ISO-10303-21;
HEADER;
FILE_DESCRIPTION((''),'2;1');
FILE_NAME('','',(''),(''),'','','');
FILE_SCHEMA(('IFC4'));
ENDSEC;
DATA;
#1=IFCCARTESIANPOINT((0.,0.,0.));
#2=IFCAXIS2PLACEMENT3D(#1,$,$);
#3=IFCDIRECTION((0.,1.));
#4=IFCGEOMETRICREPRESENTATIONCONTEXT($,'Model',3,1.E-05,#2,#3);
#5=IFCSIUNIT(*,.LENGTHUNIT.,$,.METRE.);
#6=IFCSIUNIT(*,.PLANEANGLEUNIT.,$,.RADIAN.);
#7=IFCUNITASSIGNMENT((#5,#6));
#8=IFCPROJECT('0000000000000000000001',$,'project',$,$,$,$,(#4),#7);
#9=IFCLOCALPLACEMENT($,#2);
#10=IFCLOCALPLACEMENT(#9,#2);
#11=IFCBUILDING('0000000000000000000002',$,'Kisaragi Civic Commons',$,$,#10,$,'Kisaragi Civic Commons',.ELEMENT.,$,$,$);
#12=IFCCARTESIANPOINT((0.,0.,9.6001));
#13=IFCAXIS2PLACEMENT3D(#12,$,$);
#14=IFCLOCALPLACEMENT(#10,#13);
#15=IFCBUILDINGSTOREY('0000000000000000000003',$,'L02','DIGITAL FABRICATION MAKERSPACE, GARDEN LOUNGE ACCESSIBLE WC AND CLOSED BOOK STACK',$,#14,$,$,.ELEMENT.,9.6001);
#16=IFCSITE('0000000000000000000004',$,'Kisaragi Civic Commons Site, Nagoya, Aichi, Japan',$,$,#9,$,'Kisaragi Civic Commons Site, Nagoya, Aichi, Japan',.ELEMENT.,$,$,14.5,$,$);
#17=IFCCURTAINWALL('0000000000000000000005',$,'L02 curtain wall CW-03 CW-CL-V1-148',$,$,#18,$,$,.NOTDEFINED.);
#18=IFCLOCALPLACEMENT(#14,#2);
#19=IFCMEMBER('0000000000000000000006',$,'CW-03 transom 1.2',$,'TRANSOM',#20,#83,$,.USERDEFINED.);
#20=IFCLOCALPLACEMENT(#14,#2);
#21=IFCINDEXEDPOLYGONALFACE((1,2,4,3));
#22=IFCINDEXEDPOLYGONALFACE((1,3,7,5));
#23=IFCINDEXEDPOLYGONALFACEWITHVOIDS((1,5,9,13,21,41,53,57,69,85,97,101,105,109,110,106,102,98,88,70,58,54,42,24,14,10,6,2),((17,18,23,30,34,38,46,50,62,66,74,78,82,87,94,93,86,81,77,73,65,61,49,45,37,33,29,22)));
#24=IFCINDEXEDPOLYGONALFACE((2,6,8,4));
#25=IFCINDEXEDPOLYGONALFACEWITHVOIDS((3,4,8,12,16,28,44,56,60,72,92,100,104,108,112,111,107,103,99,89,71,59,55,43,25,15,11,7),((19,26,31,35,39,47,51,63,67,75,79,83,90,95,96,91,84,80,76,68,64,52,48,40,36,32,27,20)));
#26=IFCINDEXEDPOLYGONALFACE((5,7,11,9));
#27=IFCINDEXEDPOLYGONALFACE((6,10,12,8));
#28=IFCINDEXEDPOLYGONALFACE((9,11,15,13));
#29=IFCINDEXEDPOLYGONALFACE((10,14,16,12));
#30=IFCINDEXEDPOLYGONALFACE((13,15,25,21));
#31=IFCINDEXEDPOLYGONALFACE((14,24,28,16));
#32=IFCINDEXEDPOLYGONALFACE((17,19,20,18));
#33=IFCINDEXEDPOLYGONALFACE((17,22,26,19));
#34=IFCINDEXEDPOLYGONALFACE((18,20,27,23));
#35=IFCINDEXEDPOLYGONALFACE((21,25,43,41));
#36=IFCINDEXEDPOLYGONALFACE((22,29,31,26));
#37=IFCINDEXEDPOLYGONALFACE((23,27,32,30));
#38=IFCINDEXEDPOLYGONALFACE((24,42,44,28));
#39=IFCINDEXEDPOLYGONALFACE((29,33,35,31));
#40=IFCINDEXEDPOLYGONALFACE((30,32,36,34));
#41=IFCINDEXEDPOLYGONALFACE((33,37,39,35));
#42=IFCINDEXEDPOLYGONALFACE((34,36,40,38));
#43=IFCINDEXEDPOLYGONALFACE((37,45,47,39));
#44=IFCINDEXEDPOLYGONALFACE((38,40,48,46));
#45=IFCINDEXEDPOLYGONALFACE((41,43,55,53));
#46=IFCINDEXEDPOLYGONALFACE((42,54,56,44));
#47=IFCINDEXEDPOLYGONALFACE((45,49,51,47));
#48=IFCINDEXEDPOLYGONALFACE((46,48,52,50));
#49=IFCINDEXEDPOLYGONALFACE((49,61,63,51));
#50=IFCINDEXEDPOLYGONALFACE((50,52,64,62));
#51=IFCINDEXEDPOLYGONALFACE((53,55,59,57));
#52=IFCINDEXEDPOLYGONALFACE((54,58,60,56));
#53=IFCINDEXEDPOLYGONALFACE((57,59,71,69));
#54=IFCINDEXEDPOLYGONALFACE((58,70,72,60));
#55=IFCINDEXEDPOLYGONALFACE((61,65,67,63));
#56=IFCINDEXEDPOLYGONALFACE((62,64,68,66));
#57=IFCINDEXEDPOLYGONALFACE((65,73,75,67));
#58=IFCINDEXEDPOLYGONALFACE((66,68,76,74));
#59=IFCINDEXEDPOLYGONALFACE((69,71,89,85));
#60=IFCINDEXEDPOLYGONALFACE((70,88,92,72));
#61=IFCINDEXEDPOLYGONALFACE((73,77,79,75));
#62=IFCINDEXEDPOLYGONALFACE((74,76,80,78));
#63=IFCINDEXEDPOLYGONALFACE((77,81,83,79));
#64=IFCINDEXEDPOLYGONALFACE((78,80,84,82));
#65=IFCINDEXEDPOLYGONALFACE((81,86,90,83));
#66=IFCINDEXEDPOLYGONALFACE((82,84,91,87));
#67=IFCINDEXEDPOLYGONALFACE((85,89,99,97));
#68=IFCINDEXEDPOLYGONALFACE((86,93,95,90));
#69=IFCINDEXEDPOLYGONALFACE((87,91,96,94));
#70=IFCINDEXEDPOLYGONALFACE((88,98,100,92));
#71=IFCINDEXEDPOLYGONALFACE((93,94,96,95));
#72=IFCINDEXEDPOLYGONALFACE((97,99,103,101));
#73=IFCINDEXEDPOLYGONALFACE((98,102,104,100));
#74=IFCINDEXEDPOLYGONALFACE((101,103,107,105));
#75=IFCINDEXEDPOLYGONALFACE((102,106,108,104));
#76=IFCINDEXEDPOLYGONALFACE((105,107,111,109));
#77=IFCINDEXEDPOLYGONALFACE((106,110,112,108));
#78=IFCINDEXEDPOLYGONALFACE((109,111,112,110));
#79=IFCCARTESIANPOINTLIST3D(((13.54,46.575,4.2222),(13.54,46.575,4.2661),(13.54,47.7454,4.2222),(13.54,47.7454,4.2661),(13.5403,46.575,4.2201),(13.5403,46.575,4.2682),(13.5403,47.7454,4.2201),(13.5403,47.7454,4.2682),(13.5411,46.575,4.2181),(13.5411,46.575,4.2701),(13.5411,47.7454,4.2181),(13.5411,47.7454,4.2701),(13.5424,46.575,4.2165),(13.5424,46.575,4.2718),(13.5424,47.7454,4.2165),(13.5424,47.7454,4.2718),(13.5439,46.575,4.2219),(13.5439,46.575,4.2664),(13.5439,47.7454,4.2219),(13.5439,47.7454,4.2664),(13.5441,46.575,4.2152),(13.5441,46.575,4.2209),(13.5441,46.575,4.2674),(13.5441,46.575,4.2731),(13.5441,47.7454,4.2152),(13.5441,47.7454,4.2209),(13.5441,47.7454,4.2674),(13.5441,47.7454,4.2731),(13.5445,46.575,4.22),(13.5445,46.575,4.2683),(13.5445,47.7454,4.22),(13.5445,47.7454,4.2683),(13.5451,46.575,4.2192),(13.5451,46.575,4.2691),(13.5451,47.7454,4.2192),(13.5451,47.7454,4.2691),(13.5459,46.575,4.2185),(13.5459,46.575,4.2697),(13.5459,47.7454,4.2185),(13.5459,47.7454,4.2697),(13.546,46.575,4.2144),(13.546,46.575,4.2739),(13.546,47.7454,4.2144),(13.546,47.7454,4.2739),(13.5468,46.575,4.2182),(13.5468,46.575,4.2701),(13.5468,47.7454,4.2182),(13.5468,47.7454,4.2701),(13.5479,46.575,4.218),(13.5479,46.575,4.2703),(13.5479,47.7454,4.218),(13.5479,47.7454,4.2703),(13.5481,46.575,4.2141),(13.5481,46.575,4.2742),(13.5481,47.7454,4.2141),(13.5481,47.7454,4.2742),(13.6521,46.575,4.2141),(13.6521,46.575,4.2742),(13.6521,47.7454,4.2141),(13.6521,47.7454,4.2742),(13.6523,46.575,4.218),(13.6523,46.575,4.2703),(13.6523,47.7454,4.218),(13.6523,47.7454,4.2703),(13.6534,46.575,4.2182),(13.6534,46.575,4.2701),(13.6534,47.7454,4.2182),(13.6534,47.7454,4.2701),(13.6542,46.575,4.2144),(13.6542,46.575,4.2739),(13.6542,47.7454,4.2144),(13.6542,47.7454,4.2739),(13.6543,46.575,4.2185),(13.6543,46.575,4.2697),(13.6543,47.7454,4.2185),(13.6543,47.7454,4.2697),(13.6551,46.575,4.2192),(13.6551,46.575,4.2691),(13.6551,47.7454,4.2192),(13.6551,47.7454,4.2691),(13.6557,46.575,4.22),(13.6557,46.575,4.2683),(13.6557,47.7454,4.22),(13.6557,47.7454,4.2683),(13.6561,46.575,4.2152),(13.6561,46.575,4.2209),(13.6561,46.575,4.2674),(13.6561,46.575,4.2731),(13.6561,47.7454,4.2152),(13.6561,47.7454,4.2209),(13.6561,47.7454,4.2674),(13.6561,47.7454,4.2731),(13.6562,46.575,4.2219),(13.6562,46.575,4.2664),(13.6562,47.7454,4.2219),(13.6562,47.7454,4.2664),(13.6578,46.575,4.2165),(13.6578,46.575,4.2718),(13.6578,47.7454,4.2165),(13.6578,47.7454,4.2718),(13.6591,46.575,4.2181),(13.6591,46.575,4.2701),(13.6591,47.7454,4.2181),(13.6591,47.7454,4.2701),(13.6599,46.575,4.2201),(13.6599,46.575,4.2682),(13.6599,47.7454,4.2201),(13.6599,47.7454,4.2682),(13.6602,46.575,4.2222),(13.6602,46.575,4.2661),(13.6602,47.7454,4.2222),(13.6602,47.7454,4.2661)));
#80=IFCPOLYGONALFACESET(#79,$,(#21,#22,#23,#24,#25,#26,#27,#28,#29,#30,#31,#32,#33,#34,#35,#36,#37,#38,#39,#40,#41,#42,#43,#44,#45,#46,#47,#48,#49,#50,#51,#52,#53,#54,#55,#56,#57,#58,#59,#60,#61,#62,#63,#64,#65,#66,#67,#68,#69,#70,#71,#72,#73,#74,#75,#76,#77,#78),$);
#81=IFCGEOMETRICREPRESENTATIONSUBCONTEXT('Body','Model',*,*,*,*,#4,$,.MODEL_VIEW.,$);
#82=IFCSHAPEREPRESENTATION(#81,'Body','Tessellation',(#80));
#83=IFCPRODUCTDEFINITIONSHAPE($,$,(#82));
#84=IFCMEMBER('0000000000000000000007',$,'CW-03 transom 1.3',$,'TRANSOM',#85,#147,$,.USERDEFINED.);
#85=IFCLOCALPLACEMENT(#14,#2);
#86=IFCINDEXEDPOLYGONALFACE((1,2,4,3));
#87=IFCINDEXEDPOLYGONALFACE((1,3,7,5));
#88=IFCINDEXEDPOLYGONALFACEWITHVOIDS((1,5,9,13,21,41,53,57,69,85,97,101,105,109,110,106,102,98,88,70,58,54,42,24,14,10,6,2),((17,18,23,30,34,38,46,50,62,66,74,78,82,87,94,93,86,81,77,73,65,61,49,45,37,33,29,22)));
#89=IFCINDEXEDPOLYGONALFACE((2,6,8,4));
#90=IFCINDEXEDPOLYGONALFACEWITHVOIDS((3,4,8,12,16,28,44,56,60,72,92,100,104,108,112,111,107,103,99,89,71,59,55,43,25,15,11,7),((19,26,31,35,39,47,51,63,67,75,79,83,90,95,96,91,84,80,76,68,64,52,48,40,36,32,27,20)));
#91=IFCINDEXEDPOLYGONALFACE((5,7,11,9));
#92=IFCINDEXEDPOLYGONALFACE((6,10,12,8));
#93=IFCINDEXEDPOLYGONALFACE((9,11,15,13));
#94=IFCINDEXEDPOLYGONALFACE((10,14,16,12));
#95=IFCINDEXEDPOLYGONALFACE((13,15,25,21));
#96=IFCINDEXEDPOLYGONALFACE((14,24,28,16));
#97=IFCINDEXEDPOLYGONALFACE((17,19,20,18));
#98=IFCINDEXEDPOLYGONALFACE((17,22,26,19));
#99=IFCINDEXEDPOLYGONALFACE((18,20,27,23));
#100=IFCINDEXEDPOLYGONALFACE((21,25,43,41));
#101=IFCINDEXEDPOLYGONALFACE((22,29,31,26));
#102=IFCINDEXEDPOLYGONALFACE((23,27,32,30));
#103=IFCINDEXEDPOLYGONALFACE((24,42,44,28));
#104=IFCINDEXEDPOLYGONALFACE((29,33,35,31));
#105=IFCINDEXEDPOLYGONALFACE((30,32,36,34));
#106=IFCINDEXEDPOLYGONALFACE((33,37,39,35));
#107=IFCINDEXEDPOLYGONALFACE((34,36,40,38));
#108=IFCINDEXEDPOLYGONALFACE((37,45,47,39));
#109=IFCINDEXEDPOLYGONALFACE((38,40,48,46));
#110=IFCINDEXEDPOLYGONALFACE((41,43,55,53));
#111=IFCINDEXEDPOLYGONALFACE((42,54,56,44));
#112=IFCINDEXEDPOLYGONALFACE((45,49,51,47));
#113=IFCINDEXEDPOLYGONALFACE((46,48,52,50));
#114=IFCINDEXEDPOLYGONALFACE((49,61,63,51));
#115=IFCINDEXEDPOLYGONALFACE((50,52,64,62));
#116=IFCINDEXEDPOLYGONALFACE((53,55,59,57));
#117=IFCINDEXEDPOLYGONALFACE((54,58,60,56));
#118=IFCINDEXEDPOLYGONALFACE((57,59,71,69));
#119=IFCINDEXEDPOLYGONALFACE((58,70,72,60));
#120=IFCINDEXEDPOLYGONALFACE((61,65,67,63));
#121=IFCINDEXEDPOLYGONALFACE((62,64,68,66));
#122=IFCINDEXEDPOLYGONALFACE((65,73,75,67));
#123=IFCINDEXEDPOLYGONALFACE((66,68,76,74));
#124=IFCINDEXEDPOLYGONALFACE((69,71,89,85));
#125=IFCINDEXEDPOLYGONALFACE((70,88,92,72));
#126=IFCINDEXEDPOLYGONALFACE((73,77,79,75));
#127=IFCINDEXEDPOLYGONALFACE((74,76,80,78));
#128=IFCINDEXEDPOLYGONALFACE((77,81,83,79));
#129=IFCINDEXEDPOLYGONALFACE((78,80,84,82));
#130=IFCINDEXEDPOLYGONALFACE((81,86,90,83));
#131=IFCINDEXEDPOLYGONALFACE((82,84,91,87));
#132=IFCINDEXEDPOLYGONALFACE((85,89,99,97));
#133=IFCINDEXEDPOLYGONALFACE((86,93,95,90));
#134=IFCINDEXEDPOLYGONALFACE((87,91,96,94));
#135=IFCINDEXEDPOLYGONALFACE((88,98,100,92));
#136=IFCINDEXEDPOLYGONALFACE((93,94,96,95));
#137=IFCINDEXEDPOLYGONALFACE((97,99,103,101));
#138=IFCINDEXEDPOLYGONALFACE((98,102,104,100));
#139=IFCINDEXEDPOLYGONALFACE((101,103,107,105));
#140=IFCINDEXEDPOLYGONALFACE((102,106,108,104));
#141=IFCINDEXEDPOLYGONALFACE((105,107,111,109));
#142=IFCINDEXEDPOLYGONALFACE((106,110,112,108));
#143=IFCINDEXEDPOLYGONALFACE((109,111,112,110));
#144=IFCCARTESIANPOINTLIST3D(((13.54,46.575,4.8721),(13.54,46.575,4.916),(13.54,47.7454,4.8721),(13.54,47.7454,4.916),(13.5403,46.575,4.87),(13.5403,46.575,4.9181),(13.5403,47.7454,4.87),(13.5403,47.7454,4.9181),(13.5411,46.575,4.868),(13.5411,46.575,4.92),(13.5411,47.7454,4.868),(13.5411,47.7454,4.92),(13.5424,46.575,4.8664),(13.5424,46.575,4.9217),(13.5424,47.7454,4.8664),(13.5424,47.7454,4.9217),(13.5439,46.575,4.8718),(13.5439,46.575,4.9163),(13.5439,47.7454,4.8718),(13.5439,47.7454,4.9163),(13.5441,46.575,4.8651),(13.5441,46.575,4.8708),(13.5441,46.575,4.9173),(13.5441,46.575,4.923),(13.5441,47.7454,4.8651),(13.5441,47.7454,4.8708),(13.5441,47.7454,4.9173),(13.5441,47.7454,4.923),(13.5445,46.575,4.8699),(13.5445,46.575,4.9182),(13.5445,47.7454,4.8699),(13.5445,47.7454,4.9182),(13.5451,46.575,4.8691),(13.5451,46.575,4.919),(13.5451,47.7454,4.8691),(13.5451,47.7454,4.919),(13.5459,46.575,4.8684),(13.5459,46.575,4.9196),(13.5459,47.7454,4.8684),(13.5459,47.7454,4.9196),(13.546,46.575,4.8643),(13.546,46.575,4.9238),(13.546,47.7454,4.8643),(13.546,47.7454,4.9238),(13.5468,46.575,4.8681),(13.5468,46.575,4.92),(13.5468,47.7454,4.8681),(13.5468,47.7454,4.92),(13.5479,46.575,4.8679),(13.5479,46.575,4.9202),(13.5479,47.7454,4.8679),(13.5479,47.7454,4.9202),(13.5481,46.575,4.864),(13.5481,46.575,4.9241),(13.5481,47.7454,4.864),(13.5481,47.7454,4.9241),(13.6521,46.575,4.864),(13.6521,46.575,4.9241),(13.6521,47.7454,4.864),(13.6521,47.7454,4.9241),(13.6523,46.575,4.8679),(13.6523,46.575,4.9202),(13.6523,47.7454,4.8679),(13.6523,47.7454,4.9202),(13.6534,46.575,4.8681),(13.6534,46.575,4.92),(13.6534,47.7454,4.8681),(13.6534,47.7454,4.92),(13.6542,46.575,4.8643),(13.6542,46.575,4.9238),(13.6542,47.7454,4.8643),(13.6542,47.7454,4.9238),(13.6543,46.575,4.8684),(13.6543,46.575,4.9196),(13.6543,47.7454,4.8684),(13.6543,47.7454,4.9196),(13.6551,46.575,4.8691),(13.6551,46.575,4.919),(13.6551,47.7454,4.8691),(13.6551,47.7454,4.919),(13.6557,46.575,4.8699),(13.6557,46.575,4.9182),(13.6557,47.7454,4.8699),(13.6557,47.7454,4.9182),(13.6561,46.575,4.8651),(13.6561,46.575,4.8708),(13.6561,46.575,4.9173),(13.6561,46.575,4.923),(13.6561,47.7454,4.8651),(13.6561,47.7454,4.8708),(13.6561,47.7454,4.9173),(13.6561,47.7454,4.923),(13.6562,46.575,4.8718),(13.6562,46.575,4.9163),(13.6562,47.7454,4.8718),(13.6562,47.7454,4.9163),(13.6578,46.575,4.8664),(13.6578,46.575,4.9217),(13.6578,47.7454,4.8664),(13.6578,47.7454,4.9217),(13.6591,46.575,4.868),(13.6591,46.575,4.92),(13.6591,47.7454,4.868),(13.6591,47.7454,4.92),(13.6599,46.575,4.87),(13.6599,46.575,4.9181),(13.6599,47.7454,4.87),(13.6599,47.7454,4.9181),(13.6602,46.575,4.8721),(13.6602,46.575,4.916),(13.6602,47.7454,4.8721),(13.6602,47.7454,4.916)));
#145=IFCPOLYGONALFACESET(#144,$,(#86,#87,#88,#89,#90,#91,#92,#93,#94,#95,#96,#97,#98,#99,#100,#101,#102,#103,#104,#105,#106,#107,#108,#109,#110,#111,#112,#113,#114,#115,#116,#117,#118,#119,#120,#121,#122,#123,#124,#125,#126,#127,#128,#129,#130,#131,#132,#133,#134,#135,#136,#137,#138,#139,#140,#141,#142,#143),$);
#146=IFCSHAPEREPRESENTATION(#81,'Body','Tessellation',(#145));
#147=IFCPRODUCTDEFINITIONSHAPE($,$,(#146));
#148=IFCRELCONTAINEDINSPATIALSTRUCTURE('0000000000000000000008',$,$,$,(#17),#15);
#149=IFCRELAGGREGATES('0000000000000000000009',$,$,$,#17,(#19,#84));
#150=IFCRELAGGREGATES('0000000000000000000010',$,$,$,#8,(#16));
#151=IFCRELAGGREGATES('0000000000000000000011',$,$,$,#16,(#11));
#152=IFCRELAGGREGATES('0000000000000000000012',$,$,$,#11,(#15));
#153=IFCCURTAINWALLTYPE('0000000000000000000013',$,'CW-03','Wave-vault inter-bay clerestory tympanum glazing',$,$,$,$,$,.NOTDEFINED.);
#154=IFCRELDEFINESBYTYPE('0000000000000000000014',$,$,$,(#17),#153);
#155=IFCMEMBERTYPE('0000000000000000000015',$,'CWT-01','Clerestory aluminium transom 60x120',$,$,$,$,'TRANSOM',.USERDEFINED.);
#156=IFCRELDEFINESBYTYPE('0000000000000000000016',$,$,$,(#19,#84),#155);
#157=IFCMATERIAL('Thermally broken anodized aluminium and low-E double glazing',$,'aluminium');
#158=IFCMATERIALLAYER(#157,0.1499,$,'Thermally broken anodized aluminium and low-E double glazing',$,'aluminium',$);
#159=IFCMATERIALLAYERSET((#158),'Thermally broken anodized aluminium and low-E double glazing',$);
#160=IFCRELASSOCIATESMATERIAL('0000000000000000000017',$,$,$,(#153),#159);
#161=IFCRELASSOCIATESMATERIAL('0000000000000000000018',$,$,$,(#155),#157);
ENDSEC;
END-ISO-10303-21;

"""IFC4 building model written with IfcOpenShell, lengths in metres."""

from ifc_helpers import new_model, si_unit, direction, frame, origin, origin_2d, place, context, subcontext, project, spatial, hollow_rectangle, extrude, material, layer, layer_set, material_profile, profile_set, type_object, element, aggregate, save


model = new_model("IFC4")

# Units and contexts
model_context = context("Model", 3, precision=1e-05, world=origin(), true_north=direction((0.0, 1.0)))
body_context = subcontext(model_context, "Body", "Model", "MODEL_VIEW")
ifc_project = project(units=[si_unit("LENGTHUNIT", "METRE"), si_unit("PLANEANGLEUNIT", "RADIAN")], contexts=[model_context])

# Site, building, storey
site_placement = place(None, origin())
site = spatial("IfcSite", under=ifc_project, at=site_placement, Name="Kisaragi Civic Commons Site, Nagoya, Aichi, Japan", LongName="Kisaragi Civic Commons Site, Nagoya, Aichi, Japan", CompositionType="ELEMENT", RefElevation=14.5)
building_placement = place(site_placement, origin())
building = spatial("IfcBuilding", under=site, at=building_placement, Name="Kisaragi Civic Commons", LongName="Kisaragi Civic Commons", CompositionType="ELEMENT")
storey_placement = place(building_placement, frame((0.0, 0.0, 9.6001)))
storey = spatial("IfcBuildingStorey", under=building, at=storey_placement, Name="L02", Description="DIGITAL FABRICATION MAKERSPACE, GARDEN LOUNGE ACCESSIBLE WC AND CLOSED BOOK STACK", CompositionType="ELEMENT", Elevation=9.6001)

# Shared definitions
ifc_material_1 = material(Name="Thermally broken anodized aluminium and low-E double glazing", Category="aluminium")
ifc_layer_1 = layer(ifc_material_1, 0.1499, Name="Thermally broken anodized aluminium and low-E double glazing", Category="aluminium")
ifc_layer_set_1 = layer_set([ifc_layer_1], Name="Thermally broken anodized aluminium and low-E double glazing")
curtain_wall_type = type_object("IfcCurtainWallType", Name="CW-03", Description="Wave-vault inter-bay clerestory tympanum glazing", PredefinedType="NOTDEFINED", material=ifc_layer_set_1)

# Curtain wall, members
curtain_wall_1_placement = place(storey_placement, origin())
curtain_wall_1 = element("IfcCurtainWall", 1, at=curtain_wall_1_placement, inside=storey, type_object=curtain_wall_type, Name="L02 curtain wall CW-03 CW-CL-V1-148", PredefinedType="NOTDEFINED")
ifc_material_profile_1 = material_profile(ifc_material_1, hollow_rectangle(XDim=0.1201, YDim=0.0601, WallThickness=0.0039, InnerFilletRadius=0.0039, OuterFilletRadius=0.0081, at=origin_2d()), Name="CWT-60x120x4", Category="aluminium")
ifc_profile_set_1 = profile_set([ifc_material_profile_1], Name="Thermally broken anodized aluminium and low-E double glazing")
member_type_1 = type_object("IfcMemberType", Name="CWT-01", Description="Clerestory aluminium transom 60x120", ElementType="TRANSOM", PredefinedType="USERDEFINED", material=ifc_profile_set_1)
member_1_placement = place(storey_placement, frame((13.6001, 46.575, 4.2441), z_axis=(0.0, 1.0, 0.0), x_axis=(-1.0, 0.0, 0.0)))
member_1 = element("IfcMember", 2, at=member_1_placement, type_object=member_type_1, Name="CW-03 transom 1.2", ObjectType="TRANSOM", PredefinedType="USERDEFINED", context=body_context, shape_type="SweptSolid", body=[
    extrude(hollow_rectangle(XDim=0.1201, YDim=0.0601, WallThickness=0.0039, InnerFilletRadius=0.0039, OuterFilletRadius=0.0081, at=origin_2d()), origin(), (0.0, 0.0, 1.0), 1.1704),
])
member_2_placement = place(storey_placement, frame((13.6001, 46.575, 4.894), z_axis=(0.0, 1.0, 0.0), x_axis=(-1.0, 0.0, 0.0)))
member_2 = element("IfcMember", 3, at=member_2_placement, type_object=member_type_1, Name="CW-03 transom 1.3", ObjectType="TRANSOM", PredefinedType="USERDEFINED", context=body_context, shape_type="SweptSolid", body=[
    extrude(hollow_rectangle(XDim=0.1201, YDim=0.0601, WallThickness=0.0039, InnerFilletRadius=0.0039, OuterFilletRadius=0.0081, at=origin_2d()), origin(), (0.0, 0.0, 1.0), 1.1704),
])

aggregate(curtain_wall_1, [member_1, member_2])

save(model, "model.ifc")
